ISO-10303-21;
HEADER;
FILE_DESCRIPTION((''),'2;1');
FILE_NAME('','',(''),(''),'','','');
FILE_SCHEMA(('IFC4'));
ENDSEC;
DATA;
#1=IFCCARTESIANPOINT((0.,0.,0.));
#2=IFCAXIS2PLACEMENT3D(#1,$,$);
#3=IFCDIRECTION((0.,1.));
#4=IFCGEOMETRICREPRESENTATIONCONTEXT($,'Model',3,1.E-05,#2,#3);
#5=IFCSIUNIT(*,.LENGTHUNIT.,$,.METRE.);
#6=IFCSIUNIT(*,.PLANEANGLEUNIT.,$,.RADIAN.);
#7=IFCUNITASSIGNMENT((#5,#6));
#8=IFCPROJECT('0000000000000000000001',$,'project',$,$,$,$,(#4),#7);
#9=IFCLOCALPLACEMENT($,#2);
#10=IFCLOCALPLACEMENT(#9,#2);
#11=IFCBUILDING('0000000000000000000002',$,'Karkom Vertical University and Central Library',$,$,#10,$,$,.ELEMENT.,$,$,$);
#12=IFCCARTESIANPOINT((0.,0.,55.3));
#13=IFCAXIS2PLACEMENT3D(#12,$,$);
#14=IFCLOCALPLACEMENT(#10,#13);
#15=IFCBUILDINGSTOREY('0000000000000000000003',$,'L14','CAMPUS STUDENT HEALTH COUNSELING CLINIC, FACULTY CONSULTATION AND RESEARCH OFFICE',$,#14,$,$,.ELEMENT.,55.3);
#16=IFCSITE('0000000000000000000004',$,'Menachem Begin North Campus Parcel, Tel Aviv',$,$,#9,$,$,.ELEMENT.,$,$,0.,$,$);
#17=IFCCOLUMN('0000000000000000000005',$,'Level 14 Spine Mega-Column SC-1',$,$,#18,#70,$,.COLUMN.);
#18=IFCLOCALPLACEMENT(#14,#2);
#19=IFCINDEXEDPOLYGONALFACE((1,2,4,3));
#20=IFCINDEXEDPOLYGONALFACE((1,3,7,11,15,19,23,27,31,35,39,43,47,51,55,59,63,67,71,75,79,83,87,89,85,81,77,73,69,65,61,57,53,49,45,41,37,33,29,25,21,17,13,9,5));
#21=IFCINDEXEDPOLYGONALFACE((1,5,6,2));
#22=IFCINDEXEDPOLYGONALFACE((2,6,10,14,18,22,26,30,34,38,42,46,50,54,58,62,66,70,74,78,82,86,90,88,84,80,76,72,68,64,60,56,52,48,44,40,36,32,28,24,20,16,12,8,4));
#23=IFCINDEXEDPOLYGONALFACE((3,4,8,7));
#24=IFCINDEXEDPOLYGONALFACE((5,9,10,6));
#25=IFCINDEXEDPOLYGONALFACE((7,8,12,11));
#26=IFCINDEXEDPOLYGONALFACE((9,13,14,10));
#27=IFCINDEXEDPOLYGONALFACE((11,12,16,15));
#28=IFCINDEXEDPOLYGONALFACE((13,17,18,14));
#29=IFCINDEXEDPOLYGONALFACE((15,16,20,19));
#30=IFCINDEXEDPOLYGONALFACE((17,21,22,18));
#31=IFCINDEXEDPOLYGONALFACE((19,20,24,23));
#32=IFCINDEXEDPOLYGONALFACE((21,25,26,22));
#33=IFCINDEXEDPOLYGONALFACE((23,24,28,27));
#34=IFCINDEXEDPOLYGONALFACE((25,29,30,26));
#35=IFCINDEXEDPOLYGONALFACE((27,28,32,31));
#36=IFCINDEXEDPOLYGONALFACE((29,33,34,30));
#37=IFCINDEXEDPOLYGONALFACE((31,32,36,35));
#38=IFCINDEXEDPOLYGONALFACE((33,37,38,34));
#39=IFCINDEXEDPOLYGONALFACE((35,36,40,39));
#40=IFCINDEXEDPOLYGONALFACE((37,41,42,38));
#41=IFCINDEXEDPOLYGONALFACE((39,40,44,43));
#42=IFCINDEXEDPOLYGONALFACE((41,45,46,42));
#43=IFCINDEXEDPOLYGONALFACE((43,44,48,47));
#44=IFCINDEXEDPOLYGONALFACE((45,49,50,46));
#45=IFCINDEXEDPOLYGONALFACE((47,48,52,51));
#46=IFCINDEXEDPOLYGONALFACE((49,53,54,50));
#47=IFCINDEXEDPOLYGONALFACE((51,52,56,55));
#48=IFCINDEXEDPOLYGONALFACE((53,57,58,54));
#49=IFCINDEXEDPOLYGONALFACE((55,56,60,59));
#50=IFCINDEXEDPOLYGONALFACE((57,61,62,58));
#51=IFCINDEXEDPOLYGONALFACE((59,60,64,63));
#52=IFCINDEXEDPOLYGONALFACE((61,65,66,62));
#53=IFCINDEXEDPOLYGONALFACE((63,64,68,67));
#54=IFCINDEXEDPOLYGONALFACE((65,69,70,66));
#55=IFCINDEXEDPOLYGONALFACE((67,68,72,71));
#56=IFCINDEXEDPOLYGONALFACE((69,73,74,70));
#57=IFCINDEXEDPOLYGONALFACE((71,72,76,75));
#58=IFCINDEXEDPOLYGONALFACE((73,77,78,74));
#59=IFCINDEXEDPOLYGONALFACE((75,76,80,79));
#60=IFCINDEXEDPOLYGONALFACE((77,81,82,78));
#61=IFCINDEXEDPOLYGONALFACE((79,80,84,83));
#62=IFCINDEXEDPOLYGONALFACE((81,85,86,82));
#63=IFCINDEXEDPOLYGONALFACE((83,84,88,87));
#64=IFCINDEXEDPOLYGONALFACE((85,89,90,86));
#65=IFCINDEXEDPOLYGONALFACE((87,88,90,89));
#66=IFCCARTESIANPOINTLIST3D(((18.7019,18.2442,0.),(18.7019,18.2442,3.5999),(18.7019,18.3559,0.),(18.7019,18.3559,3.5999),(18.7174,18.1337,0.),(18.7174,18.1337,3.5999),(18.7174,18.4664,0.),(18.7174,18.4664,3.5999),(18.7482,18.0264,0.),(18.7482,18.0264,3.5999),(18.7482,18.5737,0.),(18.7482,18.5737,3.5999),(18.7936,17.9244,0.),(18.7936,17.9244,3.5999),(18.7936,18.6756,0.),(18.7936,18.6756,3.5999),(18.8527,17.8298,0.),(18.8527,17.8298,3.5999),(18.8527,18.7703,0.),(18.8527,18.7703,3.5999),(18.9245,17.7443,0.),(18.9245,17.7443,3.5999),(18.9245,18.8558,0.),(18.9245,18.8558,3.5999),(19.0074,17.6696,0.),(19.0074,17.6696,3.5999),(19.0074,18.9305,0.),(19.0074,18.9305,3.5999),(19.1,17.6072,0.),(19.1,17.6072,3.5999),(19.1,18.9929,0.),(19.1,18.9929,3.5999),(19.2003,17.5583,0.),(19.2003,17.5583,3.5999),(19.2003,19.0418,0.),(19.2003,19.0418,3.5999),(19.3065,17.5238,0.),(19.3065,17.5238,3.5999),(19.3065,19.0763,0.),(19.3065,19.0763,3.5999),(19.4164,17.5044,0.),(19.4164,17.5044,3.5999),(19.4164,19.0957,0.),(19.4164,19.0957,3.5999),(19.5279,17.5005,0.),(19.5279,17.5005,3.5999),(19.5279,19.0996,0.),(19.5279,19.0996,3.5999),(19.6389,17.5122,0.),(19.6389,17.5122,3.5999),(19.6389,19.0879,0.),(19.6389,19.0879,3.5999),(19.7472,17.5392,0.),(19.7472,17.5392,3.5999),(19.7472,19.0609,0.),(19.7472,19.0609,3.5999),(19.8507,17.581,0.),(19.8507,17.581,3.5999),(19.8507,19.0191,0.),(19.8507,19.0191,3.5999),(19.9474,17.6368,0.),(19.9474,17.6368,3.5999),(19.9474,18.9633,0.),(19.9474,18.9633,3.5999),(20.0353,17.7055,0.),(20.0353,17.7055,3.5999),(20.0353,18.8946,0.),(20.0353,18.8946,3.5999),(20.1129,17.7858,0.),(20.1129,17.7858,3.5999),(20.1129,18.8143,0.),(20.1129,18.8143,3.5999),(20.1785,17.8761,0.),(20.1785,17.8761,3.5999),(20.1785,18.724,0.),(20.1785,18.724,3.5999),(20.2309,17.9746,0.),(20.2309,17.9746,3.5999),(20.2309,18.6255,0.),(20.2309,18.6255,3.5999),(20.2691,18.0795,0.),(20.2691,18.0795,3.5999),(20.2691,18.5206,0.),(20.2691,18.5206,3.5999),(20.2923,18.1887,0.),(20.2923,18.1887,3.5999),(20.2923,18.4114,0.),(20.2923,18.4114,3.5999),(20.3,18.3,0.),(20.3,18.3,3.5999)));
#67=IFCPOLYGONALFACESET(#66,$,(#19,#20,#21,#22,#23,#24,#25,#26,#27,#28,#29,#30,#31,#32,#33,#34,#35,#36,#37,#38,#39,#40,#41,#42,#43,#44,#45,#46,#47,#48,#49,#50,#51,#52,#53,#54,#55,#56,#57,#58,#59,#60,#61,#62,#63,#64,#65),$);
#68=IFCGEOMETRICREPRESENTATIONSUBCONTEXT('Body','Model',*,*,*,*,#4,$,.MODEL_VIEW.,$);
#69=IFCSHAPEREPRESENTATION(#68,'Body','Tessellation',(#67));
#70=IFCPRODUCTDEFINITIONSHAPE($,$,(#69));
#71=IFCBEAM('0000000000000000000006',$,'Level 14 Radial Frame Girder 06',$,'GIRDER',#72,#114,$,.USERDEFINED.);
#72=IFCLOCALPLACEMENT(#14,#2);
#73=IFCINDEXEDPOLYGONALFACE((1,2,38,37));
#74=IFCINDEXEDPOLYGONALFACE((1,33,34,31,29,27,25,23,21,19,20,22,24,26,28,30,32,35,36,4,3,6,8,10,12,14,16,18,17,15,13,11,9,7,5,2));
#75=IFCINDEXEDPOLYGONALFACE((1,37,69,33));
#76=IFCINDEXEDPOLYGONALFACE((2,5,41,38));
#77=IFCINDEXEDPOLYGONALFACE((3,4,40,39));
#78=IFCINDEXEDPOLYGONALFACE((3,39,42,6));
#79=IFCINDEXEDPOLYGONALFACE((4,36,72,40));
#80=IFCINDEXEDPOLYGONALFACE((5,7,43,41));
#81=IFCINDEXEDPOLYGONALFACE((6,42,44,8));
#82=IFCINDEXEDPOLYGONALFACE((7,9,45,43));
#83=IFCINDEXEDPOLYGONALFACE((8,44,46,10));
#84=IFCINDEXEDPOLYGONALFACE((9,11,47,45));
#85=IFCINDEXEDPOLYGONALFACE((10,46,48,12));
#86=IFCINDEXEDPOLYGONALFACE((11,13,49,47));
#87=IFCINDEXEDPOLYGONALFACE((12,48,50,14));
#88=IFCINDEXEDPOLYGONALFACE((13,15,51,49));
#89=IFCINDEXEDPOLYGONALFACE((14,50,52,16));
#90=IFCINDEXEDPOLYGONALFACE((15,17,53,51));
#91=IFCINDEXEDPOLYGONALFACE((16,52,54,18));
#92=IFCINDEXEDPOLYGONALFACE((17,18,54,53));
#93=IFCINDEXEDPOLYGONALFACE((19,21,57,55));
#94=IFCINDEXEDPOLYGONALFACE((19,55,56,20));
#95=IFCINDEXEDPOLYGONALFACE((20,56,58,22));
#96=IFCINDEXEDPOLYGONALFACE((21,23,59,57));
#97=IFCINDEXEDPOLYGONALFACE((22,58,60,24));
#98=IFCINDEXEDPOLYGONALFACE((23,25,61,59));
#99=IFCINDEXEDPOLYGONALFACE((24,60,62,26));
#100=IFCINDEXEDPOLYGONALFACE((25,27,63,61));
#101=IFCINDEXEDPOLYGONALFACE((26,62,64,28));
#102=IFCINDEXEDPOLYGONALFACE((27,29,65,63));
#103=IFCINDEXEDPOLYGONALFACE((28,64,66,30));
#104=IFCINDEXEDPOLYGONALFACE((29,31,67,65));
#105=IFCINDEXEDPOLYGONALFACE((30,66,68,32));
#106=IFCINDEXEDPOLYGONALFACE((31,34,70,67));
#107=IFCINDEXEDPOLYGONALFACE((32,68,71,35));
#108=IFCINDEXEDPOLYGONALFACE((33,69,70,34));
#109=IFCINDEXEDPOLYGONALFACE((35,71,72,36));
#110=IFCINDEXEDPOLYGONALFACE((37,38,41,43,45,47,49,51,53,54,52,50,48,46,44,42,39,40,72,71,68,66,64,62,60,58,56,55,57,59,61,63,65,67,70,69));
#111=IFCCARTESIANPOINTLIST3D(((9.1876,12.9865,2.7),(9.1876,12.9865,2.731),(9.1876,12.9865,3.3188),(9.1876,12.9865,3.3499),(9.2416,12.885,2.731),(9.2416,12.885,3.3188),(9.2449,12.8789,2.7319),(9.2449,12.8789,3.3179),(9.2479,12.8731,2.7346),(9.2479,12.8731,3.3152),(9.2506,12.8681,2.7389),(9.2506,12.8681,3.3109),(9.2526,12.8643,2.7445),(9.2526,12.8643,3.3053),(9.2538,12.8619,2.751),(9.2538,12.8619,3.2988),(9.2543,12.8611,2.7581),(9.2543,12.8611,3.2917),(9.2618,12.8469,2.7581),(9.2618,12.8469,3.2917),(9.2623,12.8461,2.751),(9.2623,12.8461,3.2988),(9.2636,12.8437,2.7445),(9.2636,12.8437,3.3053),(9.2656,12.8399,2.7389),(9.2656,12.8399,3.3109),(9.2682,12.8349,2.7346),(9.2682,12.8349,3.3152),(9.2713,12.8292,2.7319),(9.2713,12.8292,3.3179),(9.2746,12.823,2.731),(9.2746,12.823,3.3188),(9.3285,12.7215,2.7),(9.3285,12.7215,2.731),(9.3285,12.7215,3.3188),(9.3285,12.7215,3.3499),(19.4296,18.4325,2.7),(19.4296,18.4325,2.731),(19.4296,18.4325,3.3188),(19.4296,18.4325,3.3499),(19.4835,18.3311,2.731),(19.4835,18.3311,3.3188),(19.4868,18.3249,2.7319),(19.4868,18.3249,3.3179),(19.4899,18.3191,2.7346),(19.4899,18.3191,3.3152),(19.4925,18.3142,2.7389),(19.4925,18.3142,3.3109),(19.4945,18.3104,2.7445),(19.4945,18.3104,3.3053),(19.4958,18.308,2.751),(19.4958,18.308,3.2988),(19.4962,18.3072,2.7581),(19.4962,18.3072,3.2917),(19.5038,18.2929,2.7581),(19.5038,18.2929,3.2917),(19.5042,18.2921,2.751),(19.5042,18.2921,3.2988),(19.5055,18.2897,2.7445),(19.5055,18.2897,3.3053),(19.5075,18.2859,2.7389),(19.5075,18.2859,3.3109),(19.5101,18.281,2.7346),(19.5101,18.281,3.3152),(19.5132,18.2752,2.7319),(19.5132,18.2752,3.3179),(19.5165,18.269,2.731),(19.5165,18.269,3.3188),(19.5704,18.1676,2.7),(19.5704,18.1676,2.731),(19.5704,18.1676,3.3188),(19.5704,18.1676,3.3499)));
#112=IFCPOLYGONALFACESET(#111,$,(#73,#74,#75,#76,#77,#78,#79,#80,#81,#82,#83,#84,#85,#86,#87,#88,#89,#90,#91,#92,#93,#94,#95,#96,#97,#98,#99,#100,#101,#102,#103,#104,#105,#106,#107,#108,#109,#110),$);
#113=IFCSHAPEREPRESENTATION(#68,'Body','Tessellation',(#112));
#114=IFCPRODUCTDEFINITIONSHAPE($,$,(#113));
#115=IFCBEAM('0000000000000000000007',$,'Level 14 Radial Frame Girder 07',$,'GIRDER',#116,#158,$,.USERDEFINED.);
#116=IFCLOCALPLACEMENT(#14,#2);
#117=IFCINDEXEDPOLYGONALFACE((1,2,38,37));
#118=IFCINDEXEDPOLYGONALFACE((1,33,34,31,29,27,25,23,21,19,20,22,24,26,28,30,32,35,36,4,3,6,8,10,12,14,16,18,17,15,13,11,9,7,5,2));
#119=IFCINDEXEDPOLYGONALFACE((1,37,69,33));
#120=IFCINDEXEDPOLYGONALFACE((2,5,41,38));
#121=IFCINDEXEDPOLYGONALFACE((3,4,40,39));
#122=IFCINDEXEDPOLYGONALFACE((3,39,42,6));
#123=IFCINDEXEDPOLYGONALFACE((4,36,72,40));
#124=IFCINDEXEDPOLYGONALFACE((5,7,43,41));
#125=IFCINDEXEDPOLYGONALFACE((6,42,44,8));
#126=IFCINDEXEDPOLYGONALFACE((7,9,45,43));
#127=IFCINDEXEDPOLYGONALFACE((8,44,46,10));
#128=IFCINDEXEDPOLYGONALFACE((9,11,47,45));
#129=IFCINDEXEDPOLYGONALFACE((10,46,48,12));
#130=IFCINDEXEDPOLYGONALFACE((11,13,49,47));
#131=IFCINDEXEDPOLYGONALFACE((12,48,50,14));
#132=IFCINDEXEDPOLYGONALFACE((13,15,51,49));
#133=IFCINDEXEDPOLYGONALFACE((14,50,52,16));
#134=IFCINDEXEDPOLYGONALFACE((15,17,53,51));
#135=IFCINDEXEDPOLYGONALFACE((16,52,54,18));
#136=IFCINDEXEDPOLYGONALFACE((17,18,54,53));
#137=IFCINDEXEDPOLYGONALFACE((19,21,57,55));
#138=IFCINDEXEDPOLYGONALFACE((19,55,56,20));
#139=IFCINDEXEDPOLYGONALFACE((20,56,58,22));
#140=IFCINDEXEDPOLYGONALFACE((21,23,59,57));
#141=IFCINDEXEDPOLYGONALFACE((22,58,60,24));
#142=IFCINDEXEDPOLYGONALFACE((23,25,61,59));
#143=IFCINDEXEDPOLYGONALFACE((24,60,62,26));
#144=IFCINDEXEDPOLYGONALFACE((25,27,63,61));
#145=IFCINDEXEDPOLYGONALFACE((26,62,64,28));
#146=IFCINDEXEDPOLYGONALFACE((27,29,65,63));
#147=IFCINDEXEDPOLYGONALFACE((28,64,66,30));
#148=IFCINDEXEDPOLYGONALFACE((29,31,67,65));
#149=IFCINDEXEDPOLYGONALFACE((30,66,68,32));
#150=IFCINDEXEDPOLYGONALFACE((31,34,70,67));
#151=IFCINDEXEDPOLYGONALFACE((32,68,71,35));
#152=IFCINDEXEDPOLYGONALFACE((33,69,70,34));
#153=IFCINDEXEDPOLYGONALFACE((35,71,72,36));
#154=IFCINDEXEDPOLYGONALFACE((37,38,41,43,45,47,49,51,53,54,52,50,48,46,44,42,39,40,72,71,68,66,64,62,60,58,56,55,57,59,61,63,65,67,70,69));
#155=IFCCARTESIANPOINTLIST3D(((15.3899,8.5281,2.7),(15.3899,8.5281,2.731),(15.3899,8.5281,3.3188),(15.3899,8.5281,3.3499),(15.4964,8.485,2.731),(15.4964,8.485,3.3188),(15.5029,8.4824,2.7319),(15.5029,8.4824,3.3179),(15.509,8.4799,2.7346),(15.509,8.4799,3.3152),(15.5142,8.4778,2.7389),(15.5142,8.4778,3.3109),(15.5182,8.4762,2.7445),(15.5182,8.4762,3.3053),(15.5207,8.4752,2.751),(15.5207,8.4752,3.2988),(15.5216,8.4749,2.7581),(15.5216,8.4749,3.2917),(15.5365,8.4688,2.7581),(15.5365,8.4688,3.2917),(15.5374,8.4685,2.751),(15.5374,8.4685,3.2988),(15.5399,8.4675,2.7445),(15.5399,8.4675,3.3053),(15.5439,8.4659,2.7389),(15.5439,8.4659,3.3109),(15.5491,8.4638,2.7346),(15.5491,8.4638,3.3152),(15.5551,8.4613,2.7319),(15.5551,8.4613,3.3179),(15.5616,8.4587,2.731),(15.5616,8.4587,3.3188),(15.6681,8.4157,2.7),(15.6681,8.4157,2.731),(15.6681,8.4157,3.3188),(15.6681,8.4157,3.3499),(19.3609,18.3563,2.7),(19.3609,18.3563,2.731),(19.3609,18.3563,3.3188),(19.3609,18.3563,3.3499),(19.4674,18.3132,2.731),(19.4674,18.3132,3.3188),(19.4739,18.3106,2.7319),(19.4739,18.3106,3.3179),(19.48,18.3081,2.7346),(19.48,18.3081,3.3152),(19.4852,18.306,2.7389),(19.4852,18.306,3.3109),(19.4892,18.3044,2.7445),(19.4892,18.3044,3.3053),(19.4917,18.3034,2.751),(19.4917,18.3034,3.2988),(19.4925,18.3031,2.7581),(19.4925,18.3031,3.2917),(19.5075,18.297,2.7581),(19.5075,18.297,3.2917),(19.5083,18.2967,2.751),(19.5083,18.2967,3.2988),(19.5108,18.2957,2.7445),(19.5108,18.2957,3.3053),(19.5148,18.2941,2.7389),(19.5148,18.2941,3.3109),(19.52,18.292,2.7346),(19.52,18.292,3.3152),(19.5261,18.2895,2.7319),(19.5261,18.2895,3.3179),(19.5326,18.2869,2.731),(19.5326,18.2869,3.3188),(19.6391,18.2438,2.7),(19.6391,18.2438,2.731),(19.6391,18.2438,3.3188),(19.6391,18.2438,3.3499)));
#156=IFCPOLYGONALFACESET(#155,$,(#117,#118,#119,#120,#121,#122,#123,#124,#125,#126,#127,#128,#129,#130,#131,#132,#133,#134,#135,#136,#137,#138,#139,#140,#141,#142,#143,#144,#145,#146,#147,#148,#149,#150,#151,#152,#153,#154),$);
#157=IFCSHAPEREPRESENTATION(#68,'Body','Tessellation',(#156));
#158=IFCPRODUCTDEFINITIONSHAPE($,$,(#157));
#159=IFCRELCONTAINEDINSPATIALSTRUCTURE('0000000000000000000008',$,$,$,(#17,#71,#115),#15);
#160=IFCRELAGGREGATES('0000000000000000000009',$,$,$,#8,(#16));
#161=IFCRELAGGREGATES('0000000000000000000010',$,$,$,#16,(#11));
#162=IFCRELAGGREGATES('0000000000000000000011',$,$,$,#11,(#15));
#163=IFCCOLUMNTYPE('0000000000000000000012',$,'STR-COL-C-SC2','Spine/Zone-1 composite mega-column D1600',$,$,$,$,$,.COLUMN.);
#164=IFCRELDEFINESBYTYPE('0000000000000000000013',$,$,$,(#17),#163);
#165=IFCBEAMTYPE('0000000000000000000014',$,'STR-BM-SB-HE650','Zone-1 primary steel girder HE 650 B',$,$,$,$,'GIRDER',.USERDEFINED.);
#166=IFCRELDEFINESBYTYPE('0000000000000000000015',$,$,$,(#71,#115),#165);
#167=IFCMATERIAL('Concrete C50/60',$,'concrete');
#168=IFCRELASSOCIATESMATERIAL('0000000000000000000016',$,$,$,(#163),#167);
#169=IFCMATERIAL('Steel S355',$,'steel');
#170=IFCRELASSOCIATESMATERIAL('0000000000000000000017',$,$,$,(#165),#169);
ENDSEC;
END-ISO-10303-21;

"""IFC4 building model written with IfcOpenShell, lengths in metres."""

from ifc_helpers import new_model, si_unit, direction, frame, origin, origin_with_axes, origin_2d, place, context, subcontext, project, spatial, circle, i_section, extrude, source, transform, mapped, material, material_profile, profile_set, type_object, element, save


model = new_model("IFC4")

# Units and contexts
model_context = context("Model", 3, precision=1e-05, world=origin(), true_north=direction((0.0, 1.0)))
body_context = subcontext(model_context, "Body", "Model", "MODEL_VIEW")
ifc_project = project(units=[si_unit("LENGTHUNIT", "METRE"), si_unit("PLANEANGLEUNIT", "RADIAN")], contexts=[model_context])

# Site, building, storey
site_placement = place(None, origin())
site = spatial("IfcSite", under=ifc_project, at=site_placement, Name="Menachem Begin North Campus Parcel, Tel Aviv", CompositionType="ELEMENT", RefElevation=0.0)
building_placement = place(site_placement, origin())
building = spatial("IfcBuilding", under=site, at=building_placement, Name="Karkom Vertical University and Central Library", CompositionType="ELEMENT")
storey_placement = place(building_placement, frame((0.0, 0.0, 55.3)))
storey = spatial("IfcBuildingStorey", under=building, at=storey_placement, Name="L14", Description="CAMPUS STUDENT HEALTH COUNSELING CLINIC, FACULTY CONSULTATION AND RESEARCH OFFICE", CompositionType="ELEMENT", Elevation=55.3)

# Column
ifc_material_1 = material(Name="Concrete C50/60", Category="concrete")
ifc_material_profile_1 = material_profile(ifc_material_1, circle(Radius=0.8, at=origin_2d()), Name="CFT-D1600")
ifc_profile_set_1 = profile_set([ifc_material_profile_1], Name="Concrete C50/60")
column_type = type_object("IfcColumnType", Name="STR-COL-C-SC2", Description="Spine/Zone-1 composite mega-column D1600", PredefinedType="COLUMN", material=ifc_profile_set_1)
shared_shape_1 = source(origin_with_axes(), body_context, "Body", "SweptSolid", [
    extrude(circle(Radius=0.8, at=origin_2d()), origin(), (0.0, 0.0, 1.0), 3.5999),
])
column_placement = place(storey_placement, frame((19.5, 18.3, 0.0), z_axis=(0.0, 0.0, 1.0), x_axis=(1.0, 0.0, 0.0)))
element("IfcColumn", 1, at=column_placement, inside=storey, type_object=column_type, Name="Level 14 Spine Mega-Column SC-1", PredefinedType="COLUMN", context=body_context, shape_type="MappedRepresentation", body=[
    mapped(shared_shape_1, transform((0.0, 0.0, 0.0), scale=1.0)),
])

# Beams
ifc_material_2 = material(Name="Steel S355", Category="steel")
ifc_material_profile_2 = material_profile(ifc_material_2, i_section(OverallWidth=0.3, OverallDepth=0.6499, WebThickness=0.0161, FlangeThickness=0.031, FilletRadius=0.0271, at=origin_2d()), Name="HE 650 B")
ifc_profile_set_2 = profile_set([ifc_material_profile_2], Name="Steel S355")
beam_type_1 = type_object("IfcBeamType", Name="STR-BM-SB-HE650", Description="Zone-1 primary steel girder HE 650 B", ElementType="GIRDER", PredefinedType="USERDEFINED", material=ifc_profile_set_2)
shared_shape_2 = source(origin_with_axes(), body_context, "Body", "SweptSolid", [
    extrude(i_section(OverallWidth=0.3, OverallDepth=0.6499, WebThickness=0.0161, FlangeThickness=0.031, FilletRadius=0.0271, at=origin_2d()), origin(), (0.0, 0.0, 1.0), 11.5999),
])
beam_1_placement = place(storey_placement, frame((19.5, 18.3, 3.0249), z_axis=(-0.882937, -0.469492, 0.0), x_axis=(0.469492, -0.882937, 0.0)))
element("IfcBeam", 2, at=beam_1_placement, inside=storey, type_object=beam_type_1, Name="Level 14 Radial Frame Girder 06", ObjectType="GIRDER", PredefinedType="USERDEFINED", context=body_context, shape_type="MappedRepresentation", body=[
    mapped(shared_shape_2, transform((0.0, 0.0, 0.0), scale=1.0)),
])
shared_shape_3 = source(origin_with_axes(), body_context, "Body", "SweptSolid", [
    extrude(i_section(OverallWidth=0.3, OverallDepth=0.6499, WebThickness=0.0161, FlangeThickness=0.031, FilletRadius=0.0271, at=origin_2d()), origin(), (0.0, 0.0, 1.0), 10.6001),
])
beam_2_placement = place(storey_placement, frame((19.5, 18.3, 3.0249), z_axis=(-0.374617, -0.92718, 0.0), x_axis=(0.92718, -0.374617, 0.0)))
element("IfcBeam", 3, at=beam_2_placement, inside=storey, type_object=beam_type_1, Name="Level 14 Radial Frame Girder 07", ObjectType="GIRDER", PredefinedType="USERDEFINED", context=body_context, shape_type="MappedRepresentation", body=[
    mapped(shared_shape_3, transform((0.0, 0.0, 0.0), scale=1.0)),
])

save(model, "model.ifc")
